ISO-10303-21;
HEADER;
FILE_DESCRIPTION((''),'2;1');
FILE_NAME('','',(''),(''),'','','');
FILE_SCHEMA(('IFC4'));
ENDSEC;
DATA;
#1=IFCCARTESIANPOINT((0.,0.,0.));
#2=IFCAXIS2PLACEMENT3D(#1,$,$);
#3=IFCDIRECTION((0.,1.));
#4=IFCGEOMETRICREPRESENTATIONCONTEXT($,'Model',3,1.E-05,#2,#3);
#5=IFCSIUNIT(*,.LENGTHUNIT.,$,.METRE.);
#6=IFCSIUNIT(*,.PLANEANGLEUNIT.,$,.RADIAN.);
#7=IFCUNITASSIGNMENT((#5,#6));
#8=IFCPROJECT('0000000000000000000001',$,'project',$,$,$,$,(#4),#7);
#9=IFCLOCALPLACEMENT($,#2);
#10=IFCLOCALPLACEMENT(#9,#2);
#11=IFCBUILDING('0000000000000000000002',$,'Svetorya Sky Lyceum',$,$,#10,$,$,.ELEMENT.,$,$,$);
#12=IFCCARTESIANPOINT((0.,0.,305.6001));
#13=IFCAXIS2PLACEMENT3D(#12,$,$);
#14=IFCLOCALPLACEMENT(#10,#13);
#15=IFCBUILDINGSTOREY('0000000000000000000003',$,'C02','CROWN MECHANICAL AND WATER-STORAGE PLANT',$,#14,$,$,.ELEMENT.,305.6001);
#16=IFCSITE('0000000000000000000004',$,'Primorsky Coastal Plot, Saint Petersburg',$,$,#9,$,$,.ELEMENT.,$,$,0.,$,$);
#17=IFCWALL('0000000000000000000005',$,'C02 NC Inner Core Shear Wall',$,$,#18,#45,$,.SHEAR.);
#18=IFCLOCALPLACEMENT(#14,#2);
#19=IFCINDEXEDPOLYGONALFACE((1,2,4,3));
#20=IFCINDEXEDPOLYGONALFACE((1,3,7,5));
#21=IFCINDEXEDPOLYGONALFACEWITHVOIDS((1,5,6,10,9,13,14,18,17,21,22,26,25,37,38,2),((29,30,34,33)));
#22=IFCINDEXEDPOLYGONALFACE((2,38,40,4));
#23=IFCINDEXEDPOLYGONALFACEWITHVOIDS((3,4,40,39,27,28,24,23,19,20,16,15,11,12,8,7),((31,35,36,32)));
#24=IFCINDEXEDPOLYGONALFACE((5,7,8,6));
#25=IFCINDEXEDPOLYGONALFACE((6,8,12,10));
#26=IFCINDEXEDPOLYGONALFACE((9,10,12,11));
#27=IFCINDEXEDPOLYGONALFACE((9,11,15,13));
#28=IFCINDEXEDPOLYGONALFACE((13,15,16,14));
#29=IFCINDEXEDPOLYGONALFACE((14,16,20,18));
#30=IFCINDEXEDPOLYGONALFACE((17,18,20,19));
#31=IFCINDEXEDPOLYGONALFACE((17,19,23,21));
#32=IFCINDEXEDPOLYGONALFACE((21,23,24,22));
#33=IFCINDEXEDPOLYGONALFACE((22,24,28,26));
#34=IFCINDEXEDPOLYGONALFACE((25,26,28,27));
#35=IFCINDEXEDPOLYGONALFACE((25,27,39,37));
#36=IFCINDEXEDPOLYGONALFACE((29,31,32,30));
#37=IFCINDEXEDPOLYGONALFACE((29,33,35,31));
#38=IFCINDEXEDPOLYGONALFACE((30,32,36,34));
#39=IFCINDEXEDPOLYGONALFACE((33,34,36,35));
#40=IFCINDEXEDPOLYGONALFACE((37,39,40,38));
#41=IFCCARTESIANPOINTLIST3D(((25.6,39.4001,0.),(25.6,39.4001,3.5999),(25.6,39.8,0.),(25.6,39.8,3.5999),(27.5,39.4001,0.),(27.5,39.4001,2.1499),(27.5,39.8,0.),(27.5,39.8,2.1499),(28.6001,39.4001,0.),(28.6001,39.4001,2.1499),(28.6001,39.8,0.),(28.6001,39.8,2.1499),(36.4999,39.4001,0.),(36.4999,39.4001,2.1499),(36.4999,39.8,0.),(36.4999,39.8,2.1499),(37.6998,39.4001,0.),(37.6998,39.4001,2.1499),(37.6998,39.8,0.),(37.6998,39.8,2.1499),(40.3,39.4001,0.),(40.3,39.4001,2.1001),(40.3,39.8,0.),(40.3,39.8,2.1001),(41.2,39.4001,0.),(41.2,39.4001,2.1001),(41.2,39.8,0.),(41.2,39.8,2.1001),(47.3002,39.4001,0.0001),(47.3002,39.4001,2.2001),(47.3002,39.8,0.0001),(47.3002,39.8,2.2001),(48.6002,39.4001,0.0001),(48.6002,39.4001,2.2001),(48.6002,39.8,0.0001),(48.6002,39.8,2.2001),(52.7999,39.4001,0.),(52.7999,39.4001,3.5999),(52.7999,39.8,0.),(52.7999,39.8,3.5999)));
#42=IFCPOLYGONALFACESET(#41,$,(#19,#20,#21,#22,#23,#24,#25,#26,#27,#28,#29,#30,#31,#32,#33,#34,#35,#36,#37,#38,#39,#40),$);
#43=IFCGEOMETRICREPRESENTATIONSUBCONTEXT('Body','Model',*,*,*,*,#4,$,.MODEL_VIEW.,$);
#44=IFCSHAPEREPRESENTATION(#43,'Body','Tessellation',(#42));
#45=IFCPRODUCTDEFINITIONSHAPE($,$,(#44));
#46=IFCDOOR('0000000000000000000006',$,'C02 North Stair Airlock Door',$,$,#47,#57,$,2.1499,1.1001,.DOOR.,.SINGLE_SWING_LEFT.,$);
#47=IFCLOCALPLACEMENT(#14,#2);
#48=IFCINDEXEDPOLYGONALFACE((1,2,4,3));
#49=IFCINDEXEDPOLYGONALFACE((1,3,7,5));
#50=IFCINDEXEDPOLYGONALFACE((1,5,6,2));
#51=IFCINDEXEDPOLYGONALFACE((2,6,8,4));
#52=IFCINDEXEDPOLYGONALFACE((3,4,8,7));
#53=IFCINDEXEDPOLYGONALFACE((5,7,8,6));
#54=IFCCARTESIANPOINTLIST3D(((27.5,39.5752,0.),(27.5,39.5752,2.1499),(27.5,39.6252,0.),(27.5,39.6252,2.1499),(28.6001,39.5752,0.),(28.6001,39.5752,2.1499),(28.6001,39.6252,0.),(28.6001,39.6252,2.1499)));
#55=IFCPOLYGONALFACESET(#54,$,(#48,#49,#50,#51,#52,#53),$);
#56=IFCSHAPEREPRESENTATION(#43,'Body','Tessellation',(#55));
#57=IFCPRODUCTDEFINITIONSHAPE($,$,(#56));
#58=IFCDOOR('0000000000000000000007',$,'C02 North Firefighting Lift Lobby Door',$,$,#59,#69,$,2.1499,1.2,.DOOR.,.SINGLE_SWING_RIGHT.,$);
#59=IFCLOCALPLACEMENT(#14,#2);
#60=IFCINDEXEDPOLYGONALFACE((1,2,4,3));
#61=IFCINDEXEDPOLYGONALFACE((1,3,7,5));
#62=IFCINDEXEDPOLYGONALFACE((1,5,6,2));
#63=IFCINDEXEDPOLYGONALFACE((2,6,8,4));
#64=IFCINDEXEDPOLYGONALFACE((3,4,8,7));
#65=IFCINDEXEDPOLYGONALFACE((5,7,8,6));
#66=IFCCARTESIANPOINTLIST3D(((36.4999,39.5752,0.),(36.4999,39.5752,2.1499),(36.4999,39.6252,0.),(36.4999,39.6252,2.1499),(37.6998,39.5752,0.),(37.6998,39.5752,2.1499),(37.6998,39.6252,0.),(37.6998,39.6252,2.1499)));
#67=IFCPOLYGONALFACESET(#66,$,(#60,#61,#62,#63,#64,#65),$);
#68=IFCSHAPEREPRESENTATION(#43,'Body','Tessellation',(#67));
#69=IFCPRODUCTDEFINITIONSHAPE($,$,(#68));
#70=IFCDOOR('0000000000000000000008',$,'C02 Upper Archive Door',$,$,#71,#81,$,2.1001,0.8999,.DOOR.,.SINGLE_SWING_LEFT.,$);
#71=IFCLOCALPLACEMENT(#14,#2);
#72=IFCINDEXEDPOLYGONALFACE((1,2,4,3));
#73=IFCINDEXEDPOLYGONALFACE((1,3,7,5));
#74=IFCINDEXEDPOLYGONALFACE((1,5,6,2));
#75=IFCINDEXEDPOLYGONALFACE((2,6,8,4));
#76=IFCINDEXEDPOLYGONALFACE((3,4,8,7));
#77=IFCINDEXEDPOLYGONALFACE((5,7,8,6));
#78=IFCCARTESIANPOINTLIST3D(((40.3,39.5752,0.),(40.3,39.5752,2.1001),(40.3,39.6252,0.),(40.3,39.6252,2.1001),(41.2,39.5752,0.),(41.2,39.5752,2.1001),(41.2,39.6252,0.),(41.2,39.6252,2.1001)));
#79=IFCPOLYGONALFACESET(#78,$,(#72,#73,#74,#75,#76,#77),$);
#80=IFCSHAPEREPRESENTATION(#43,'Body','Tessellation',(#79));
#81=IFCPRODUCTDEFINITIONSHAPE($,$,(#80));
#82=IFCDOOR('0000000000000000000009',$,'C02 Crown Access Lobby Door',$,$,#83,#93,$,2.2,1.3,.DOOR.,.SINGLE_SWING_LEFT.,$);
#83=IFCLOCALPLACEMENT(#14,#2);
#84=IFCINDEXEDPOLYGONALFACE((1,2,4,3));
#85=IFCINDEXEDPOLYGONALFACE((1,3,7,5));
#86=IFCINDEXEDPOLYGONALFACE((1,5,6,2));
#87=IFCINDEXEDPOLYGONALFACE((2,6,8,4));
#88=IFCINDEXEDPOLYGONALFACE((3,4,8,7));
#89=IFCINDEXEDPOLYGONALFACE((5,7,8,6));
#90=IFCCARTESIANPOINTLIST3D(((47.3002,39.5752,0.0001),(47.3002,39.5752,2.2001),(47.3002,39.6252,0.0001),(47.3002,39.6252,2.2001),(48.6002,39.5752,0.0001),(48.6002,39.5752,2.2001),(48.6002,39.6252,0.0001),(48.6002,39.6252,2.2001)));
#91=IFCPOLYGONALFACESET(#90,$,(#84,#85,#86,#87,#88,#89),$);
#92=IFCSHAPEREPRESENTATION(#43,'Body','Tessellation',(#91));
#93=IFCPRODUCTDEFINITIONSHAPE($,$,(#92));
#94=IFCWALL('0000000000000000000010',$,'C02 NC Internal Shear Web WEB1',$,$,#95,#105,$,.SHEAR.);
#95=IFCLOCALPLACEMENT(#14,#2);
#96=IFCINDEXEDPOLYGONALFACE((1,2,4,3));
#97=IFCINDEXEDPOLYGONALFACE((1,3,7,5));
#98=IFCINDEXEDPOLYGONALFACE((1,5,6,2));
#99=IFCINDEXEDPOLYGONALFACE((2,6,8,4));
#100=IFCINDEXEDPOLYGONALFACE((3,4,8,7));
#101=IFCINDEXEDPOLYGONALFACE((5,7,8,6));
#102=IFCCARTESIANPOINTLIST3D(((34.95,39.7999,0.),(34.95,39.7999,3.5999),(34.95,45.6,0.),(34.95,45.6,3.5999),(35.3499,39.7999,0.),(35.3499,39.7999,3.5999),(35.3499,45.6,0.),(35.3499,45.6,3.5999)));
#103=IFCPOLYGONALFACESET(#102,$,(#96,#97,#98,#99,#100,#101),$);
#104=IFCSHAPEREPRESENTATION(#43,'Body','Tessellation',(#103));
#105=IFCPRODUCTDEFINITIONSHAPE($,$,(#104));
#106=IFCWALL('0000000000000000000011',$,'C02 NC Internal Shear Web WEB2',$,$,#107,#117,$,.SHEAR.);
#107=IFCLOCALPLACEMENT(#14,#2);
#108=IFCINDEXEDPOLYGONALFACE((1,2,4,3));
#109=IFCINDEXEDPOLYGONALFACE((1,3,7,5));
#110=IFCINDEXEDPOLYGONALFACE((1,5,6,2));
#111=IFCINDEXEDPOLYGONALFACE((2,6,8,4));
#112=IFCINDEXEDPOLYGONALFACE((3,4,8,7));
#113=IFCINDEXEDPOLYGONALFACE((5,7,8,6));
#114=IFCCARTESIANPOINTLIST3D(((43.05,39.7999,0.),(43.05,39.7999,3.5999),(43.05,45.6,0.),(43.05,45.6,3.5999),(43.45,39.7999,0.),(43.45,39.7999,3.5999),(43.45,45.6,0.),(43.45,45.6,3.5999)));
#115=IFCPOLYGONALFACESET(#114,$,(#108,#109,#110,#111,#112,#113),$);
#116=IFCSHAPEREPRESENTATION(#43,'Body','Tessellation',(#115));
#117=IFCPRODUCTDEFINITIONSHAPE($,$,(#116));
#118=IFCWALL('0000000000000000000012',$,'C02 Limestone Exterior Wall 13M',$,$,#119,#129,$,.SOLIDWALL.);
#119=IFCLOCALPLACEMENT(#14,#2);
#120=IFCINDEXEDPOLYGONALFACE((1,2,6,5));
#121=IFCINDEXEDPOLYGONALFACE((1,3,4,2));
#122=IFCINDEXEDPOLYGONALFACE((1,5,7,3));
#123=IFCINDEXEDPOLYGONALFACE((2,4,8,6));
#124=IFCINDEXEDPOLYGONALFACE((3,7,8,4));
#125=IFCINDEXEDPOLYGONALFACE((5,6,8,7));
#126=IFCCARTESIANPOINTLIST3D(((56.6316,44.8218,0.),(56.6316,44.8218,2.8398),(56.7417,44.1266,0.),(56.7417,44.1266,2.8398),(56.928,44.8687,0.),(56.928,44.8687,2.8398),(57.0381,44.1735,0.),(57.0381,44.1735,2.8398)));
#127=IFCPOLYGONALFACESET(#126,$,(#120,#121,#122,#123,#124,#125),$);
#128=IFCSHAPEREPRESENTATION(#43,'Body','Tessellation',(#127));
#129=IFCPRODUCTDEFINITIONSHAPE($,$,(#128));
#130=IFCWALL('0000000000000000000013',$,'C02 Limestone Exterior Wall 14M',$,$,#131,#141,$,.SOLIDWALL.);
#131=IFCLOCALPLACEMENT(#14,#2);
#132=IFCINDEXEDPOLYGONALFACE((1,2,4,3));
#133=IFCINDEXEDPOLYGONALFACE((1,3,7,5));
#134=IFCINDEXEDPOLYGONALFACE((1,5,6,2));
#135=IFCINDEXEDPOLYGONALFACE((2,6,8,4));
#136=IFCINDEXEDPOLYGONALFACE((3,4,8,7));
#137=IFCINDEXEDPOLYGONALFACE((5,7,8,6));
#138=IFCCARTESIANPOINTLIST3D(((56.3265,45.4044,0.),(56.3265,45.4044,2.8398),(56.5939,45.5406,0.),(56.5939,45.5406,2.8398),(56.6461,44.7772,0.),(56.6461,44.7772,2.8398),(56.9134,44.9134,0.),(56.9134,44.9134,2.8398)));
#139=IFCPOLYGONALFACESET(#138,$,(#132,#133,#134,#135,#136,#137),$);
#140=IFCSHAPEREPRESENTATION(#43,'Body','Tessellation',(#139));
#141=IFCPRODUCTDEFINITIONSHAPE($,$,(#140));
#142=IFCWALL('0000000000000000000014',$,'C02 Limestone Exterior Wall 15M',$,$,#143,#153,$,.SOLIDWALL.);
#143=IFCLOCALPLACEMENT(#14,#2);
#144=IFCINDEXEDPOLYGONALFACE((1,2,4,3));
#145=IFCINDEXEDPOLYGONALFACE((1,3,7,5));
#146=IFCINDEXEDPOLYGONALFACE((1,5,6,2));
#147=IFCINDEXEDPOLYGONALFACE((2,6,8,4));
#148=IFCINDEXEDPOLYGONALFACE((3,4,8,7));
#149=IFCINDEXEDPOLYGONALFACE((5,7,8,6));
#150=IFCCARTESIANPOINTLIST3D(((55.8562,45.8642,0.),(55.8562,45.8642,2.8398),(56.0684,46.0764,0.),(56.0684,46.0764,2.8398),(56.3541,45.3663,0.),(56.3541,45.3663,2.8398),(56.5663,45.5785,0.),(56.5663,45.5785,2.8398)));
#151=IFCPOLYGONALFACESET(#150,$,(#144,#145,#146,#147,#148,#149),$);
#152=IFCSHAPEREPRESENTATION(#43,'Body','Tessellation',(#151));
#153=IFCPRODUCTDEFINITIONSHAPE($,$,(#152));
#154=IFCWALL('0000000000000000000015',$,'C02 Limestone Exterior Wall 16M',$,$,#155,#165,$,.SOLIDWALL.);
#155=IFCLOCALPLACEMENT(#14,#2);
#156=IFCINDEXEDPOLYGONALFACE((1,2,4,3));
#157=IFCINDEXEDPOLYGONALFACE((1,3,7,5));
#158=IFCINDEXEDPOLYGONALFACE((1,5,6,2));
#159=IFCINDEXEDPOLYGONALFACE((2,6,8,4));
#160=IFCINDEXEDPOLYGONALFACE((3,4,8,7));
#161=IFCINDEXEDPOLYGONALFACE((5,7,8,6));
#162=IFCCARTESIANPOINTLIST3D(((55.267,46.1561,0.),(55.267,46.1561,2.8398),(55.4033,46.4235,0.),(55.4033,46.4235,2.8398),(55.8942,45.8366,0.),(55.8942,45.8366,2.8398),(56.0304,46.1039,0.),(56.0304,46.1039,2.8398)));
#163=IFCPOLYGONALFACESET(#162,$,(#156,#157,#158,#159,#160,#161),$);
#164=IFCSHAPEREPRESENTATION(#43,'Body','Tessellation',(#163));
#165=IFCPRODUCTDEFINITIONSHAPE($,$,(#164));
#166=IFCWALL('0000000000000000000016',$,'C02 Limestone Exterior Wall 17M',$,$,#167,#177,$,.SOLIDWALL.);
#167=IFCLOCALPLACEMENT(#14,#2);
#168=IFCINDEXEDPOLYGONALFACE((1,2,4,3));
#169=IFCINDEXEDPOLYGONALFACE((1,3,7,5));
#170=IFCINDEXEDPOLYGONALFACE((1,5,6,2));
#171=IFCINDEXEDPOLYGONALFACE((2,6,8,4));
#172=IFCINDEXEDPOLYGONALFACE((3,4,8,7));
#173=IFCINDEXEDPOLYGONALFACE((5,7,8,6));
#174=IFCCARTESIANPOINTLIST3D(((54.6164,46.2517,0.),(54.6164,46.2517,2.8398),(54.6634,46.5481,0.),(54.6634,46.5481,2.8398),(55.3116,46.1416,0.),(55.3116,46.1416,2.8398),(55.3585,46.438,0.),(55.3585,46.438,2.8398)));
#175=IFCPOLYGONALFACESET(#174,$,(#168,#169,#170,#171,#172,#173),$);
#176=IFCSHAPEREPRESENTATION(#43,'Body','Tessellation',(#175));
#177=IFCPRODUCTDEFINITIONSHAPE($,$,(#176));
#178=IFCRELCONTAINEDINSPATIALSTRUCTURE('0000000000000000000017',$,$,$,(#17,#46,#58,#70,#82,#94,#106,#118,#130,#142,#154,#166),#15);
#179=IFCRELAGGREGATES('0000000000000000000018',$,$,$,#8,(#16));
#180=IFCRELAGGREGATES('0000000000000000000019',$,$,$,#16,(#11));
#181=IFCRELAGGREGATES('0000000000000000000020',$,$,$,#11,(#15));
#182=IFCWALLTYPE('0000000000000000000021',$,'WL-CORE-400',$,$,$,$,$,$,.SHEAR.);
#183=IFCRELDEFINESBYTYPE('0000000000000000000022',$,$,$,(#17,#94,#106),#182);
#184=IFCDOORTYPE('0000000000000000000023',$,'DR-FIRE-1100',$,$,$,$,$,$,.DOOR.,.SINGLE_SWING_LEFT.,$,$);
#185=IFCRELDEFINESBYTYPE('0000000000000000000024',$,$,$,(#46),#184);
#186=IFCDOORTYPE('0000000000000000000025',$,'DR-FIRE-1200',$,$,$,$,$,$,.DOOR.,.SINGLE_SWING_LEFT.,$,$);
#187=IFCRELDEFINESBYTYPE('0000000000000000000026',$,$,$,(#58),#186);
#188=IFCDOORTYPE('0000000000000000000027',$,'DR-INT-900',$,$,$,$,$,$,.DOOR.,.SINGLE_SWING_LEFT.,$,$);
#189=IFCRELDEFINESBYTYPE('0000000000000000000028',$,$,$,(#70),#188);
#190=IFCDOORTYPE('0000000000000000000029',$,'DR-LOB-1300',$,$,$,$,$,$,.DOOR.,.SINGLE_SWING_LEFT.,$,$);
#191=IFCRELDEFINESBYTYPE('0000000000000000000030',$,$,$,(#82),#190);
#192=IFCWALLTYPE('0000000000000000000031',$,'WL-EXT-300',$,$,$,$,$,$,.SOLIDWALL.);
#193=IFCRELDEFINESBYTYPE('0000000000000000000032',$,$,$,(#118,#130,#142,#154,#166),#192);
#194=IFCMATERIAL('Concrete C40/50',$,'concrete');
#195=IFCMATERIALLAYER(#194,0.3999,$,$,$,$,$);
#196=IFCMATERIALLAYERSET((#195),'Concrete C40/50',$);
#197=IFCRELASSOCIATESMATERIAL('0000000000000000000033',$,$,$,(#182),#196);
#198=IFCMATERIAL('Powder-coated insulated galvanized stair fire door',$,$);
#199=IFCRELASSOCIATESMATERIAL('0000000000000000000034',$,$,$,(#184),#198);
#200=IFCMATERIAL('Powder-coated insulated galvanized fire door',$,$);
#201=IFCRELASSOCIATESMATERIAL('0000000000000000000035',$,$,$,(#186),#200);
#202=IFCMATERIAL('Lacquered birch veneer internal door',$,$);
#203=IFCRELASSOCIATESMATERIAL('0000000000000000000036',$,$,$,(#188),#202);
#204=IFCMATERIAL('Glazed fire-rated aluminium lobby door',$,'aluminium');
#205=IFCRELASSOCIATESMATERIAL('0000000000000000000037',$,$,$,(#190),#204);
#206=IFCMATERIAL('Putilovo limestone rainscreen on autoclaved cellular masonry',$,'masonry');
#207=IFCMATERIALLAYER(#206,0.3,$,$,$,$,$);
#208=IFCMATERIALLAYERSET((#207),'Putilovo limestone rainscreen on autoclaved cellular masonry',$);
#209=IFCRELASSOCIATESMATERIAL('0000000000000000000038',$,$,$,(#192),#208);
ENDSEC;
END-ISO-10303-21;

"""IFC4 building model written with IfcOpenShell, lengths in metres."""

from ifc_helpers import new_model, si_unit, direction, frame, frame_2d, origin, place, context, subcontext, project, spatial, rectangle, extrude, material, layer, layer_set, type_object, element, fill, save


model = new_model("IFC4")

# Units and contexts
model_context = context("Model", 3, precision=1e-05, world=origin(), true_north=direction((0.0, 1.0)))
body_context = subcontext(model_context, "Body", "Model", "MODEL_VIEW")
ifc_project = project(units=[si_unit("LENGTHUNIT", "METRE"), si_unit("PLANEANGLEUNIT", "RADIAN")], contexts=[model_context])

# Site, building, storey
site_placement = place(None, origin())
site = spatial("IfcSite", under=ifc_project, at=site_placement, Name="Primorsky Coastal Plot, Saint Petersburg", CompositionType="ELEMENT", RefElevation=0.0)
building_placement = place(site_placement, origin())
building = spatial("IfcBuilding", under=site, at=building_placement, Name="Svetorya Sky Lyceum", CompositionType="ELEMENT")
storey_placement = place(building_placement, frame((0.0, 0.0, 305.6001)))
storey = spatial("IfcBuildingStorey", under=building, at=storey_placement, Name="C02", Description="CROWN MECHANICAL AND WATER-STORAGE PLANT", CompositionType="ELEMENT", Elevation=305.6001)

# Shared definitions
ifc_material_1 = material(Name="Concrete C40/50", Category="concrete")

# Shared definitions
ifc_layer_1 = layer(ifc_material_1, 0.3999)
ifc_layer_set_1 = layer_set([ifc_layer_1], Name="Concrete C40/50")
wall_type_1 = type_object("IfcWallType", Name="WL-CORE-400", PredefinedType="SHEAR", material=ifc_layer_set_1)

# Wall, openings, doors
wall_1_placement = place(storey_placement, frame((52.8, 39.6001, 0.0), z_axis=(0.0, 0.0, 1.0), x_axis=(-1.0, 0.0, 0.0)))
wall_1 = element("IfcWall", 1, at=wall_1_placement, inside=storey, type_object=wall_type_1, Name="C02 NC Inner Core Shear Wall", PredefinedType="SHEAR", context=body_context, shape_type="SweptSolid", body=[
    extrude(rectangle(XDim=27.2, YDim=0.3999, at=frame_2d((13.6001, 0.0))), origin(), (0.0, 0.0, 1.0), 3.5999),
])
opening_1_placement = place(wall_1_placement, frame((24.2, 0.0, 0.0)))
opening_1 = element("IfcOpeningElement", 2, at=opening_1_placement, cuts=wall_1, PredefinedType="OPENING", context=body_context, shape_type="SweptSolid", body=[
    extrude(rectangle(XDim=1.1001, YDim=2.1499, at=frame_2d((0.55, 1.075))), frame((0.0, 0.21, 0.0), z_axis=(0.0, -1.0, 0.0), x_axis=(1.0, 0.0, 0.0)), (0.0, 0.0, 1.0), 0.4199),
])
opening_2_placement = place(wall_1_placement, frame((15.1001, 0.0, 0.0)))
opening_2 = element("IfcOpeningElement", 3, at=opening_2_placement, cuts=wall_1, PredefinedType="OPENING", context=body_context, shape_type="SweptSolid", body=[
    extrude(rectangle(XDim=1.2, YDim=2.1499, at=frame_2d((0.6001, 1.075))), frame((0.0, 0.21, 0.0), z_axis=(0.0, -1.0, 0.0), x_axis=(1.0, 0.0, 0.0)), (0.0, 0.0, 1.0), 0.4199),
])
opening_3_placement = place(wall_1_placement, frame((11.6001, 0.0, 0.0)))
opening_3 = element("IfcOpeningElement", 4, at=opening_3_placement, cuts=wall_1, PredefinedType="OPENING", context=body_context, shape_type="SweptSolid", body=[
    extrude(rectangle(XDim=0.8999, YDim=2.1001, at=frame_2d((0.45, 1.05))), frame((0.0, 0.21, 0.0), z_axis=(0.0, -1.0, 0.0), x_axis=(1.0, 0.0, 0.0)), (0.0, 0.0, 1.0), 0.4199),
])
opening_4_placement = place(wall_1_placement, frame((4.2, 0.0, 0.0)))
opening_4 = element("IfcOpeningElement", 5, at=opening_4_placement, cuts=wall_1, PredefinedType="OPENING", context=body_context, shape_type="SweptSolid", body=[
    extrude(rectangle(XDim=1.3, YDim=2.2, at=frame_2d((0.6499, 1.1001))), frame((0.0, 0.21, 0.0), z_axis=(0.0, -1.0, 0.0), x_axis=(1.0, 0.0, 0.0)), (0.0, 0.0, 1.0), 0.4199),
])
ifc_material_2 = material(Name="Powder-coated insulated galvanized stair fire door")
door_type_1 = type_object("IfcDoorType", Name="DR-FIRE-1100", OperationType="SINGLE_SWING_LEFT", PredefinedType="DOOR", material=ifc_material_2)
door_1_placement = place(opening_1_placement, origin())
door_1 = element("IfcDoor", 6, at=door_1_placement, inside=storey, type_object=door_type_1, Name="C02 North Stair Airlock Door", OperationType="SINGLE_SWING_LEFT", OverallHeight=2.1499, OverallWidth=1.1001, PredefinedType="DOOR", context=body_context, shape_type="SweptSolid", body=[
    extrude(rectangle(XDim=1.1001, YDim=2.1499, at=frame_2d((0.55, 1.075))), frame((0.0, 0.0249, 0.0), z_axis=(0.0, -1.0, 0.0), x_axis=(1.0, 0.0, 0.0)), (0.0, 0.0, 1.0), 0.05),
])
fill(opening_1, door_1)
ifc_material_3 = material(Name="Powder-coated insulated galvanized fire door")
door_type_2 = type_object("IfcDoorType", Name="DR-FIRE-1200", OperationType="SINGLE_SWING_LEFT", PredefinedType="DOOR", material=ifc_material_3)
door_2_placement = place(opening_2_placement, origin())
door_2 = element("IfcDoor", 7, at=door_2_placement, inside=storey, type_object=door_type_2, Name="C02 North Firefighting Lift Lobby Door", OperationType="SINGLE_SWING_RIGHT", OverallHeight=2.1499, OverallWidth=1.2, PredefinedType="DOOR", context=body_context, shape_type="SweptSolid", body=[
    extrude(rectangle(XDim=1.2, YDim=2.1499, at=frame_2d((0.6001, 1.075))), frame((0.0, 0.0249, 0.0), z_axis=(0.0, -1.0, 0.0), x_axis=(1.0, 0.0, 0.0)), (0.0, 0.0, 1.0), 0.05),
])
fill(opening_2, door_2)
ifc_material_4 = material(Name="Lacquered birch veneer internal door")
door_type_3 = type_object("IfcDoorType", Name="DR-INT-900", OperationType="SINGLE_SWING_LEFT", PredefinedType="DOOR", material=ifc_material_4)
door_3_placement = place(opening_3_placement, origin())
door_3 = element("IfcDoor", 8, at=door_3_placement, inside=storey, type_object=door_type_3, Name="C02 Upper Archive Door", OperationType="SINGLE_SWING_LEFT", OverallHeight=2.1001, OverallWidth=0.8999, PredefinedType="DOOR", context=body_context, shape_type="SweptSolid", body=[
    extrude(rectangle(XDim=0.8999, YDim=2.1001, at=frame_2d((0.45, 1.05))), frame((0.0, 0.0249, 0.0), z_axis=(0.0, -1.0, 0.0), x_axis=(1.0, 0.0, 0.0)), (0.0, 0.0, 1.0), 0.05),
])
fill(opening_3, door_3)
ifc_material_5 = material(Name="Glazed fire-rated aluminium lobby door", Category="aluminium")
door_type_4 = type_object("IfcDoorType", Name="DR-LOB-1300", OperationType="SINGLE_SWING_LEFT", PredefinedType="DOOR", material=ifc_material_5)
door_4_placement = place(opening_4_placement, origin())
door_4 = element("IfcDoor", 9, at=door_4_placement, inside=storey, type_object=door_type_4, Name="C02 Crown Access Lobby Door", OperationType="SINGLE_SWING_LEFT", OverallHeight=2.2, OverallWidth=1.3, PredefinedType="DOOR", context=body_context, shape_type="SweptSolid", body=[
    extrude(rectangle(XDim=1.3, YDim=2.2, at=frame_2d((0.6499, 1.1001))), frame((0.0, 0.0249, 0.0), z_axis=(0.0, -1.0, 0.0), x_axis=(1.0, 0.0, 0.0)), (0.0, 0.0, 1.0), 0.05),
])
fill(opening_4, door_4)

# Walls
for number, where, z_axis, x_axis, name in (
    (10, (35.1499, 39.8, 0.0), (0.0, 0.0, 1.0), (0.0, 1.0, 0.0), "C02 NC Internal Shear Web WEB1"),
    (11, (43.25, 39.8, 0.0), (0.0, 0.0, 1.0), (0.0, 1.0, 0.0), "C02 NC Internal Shear Web WEB2"),
):
    element("IfcWall", number, at=place(storey_placement, frame(where, z_axis=z_axis, x_axis=x_axis)), inside=storey, type_object=wall_type_1, Name=name, PredefinedType="SHEAR", context=body_context, shape_type="SweptSolid", body=[
        extrude(rectangle(XDim=5.8, YDim=0.3999, at=frame_2d((2.8999, 0.0))), origin(), (0.0, 0.0, 1.0), 3.5999),
    ])
ifc_material_6 = material(Name="Putilovo limestone rainscreen on autoclaved cellular masonry", Category="masonry")
ifc_layer_2 = layer(ifc_material_6, 0.3)
ifc_layer_set_2 = layer_set([ifc_layer_2], Name="Putilovo limestone rainscreen on autoclaved cellular masonry")
wall_type_2 = type_object("IfcWallType", Name="WL-EXT-300", PredefinedType="SOLIDWALL", material=ifc_layer_set_2)
for number, where, z_axis, x_axis, name in (
    (12, (56.8899, 44.1499, 0.0), (0.0, 0.0, 1.0), (-0.156408, 0.987693, 0.0), "C02 Limestone Exterior Wall 13M"),
    (13, (56.7798, 44.8452, 0.0), (0.0, 0.0, 1.0), (-0.453999, 0.891002, 0.0), "C02 Limestone Exterior Wall 14M"),
):
    element("IfcWall", number, at=place(storey_placement, frame(where, z_axis=z_axis, x_axis=x_axis)), inside=storey, type_object=wall_type_2, Name=name, PredefinedType="SOLIDWALL", context=body_context, shape_type="SweptSolid", body=[
        extrude(rectangle(XDim=0.7039, YDim=0.3, at=frame_2d((0.3521, 0.0))), origin(), (0.0, 0.0, 1.0), 2.8398),
    ])
wall_2_placement = place(storey_placement, frame((56.4602, 45.4724, 0.0), z_axis=(0.0, 0.0, 1.0), x_axis=(-0.707107, 0.707107, 0.0)))
element("IfcWall", 14, at=wall_2_placement, inside=storey, type_object=wall_type_2, Name="C02 Limestone Exterior Wall 15M", PredefinedType="SOLIDWALL", context=body_context, shape_type="SweptSolid", body=[
    extrude(rectangle(XDim=0.7041, YDim=0.3, at=frame_2d((0.3521, 0.0))), origin(), (0.0, 0.0, 1.0), 2.8398),
])
for number, where, z_axis, x_axis, name in (
    (15, (55.9624, 45.9702, 0.0), (0.0, 0.0, 1.0), (-0.891002, 0.453999, 0.0), "C02 Limestone Exterior Wall 16M"),
    (16, (55.3352, 46.2898, 0.0), (0.0, 0.0, 1.0), (-0.987693, 0.156408, 0.0), "C02 Limestone Exterior Wall 17M"),
):
    element("IfcWall", number, at=place(storey_placement, frame(where, z_axis=z_axis, x_axis=x_axis)), inside=storey, type_object=wall_type_2, Name=name, PredefinedType="SOLIDWALL", context=body_context, shape_type="SweptSolid", body=[
        extrude(rectangle(XDim=0.7039, YDim=0.3, at=frame_2d((0.3521, 0.0))), origin(), (0.0, 0.0, 1.0), 2.8398),
    ])

save(model, "model.ifc")
